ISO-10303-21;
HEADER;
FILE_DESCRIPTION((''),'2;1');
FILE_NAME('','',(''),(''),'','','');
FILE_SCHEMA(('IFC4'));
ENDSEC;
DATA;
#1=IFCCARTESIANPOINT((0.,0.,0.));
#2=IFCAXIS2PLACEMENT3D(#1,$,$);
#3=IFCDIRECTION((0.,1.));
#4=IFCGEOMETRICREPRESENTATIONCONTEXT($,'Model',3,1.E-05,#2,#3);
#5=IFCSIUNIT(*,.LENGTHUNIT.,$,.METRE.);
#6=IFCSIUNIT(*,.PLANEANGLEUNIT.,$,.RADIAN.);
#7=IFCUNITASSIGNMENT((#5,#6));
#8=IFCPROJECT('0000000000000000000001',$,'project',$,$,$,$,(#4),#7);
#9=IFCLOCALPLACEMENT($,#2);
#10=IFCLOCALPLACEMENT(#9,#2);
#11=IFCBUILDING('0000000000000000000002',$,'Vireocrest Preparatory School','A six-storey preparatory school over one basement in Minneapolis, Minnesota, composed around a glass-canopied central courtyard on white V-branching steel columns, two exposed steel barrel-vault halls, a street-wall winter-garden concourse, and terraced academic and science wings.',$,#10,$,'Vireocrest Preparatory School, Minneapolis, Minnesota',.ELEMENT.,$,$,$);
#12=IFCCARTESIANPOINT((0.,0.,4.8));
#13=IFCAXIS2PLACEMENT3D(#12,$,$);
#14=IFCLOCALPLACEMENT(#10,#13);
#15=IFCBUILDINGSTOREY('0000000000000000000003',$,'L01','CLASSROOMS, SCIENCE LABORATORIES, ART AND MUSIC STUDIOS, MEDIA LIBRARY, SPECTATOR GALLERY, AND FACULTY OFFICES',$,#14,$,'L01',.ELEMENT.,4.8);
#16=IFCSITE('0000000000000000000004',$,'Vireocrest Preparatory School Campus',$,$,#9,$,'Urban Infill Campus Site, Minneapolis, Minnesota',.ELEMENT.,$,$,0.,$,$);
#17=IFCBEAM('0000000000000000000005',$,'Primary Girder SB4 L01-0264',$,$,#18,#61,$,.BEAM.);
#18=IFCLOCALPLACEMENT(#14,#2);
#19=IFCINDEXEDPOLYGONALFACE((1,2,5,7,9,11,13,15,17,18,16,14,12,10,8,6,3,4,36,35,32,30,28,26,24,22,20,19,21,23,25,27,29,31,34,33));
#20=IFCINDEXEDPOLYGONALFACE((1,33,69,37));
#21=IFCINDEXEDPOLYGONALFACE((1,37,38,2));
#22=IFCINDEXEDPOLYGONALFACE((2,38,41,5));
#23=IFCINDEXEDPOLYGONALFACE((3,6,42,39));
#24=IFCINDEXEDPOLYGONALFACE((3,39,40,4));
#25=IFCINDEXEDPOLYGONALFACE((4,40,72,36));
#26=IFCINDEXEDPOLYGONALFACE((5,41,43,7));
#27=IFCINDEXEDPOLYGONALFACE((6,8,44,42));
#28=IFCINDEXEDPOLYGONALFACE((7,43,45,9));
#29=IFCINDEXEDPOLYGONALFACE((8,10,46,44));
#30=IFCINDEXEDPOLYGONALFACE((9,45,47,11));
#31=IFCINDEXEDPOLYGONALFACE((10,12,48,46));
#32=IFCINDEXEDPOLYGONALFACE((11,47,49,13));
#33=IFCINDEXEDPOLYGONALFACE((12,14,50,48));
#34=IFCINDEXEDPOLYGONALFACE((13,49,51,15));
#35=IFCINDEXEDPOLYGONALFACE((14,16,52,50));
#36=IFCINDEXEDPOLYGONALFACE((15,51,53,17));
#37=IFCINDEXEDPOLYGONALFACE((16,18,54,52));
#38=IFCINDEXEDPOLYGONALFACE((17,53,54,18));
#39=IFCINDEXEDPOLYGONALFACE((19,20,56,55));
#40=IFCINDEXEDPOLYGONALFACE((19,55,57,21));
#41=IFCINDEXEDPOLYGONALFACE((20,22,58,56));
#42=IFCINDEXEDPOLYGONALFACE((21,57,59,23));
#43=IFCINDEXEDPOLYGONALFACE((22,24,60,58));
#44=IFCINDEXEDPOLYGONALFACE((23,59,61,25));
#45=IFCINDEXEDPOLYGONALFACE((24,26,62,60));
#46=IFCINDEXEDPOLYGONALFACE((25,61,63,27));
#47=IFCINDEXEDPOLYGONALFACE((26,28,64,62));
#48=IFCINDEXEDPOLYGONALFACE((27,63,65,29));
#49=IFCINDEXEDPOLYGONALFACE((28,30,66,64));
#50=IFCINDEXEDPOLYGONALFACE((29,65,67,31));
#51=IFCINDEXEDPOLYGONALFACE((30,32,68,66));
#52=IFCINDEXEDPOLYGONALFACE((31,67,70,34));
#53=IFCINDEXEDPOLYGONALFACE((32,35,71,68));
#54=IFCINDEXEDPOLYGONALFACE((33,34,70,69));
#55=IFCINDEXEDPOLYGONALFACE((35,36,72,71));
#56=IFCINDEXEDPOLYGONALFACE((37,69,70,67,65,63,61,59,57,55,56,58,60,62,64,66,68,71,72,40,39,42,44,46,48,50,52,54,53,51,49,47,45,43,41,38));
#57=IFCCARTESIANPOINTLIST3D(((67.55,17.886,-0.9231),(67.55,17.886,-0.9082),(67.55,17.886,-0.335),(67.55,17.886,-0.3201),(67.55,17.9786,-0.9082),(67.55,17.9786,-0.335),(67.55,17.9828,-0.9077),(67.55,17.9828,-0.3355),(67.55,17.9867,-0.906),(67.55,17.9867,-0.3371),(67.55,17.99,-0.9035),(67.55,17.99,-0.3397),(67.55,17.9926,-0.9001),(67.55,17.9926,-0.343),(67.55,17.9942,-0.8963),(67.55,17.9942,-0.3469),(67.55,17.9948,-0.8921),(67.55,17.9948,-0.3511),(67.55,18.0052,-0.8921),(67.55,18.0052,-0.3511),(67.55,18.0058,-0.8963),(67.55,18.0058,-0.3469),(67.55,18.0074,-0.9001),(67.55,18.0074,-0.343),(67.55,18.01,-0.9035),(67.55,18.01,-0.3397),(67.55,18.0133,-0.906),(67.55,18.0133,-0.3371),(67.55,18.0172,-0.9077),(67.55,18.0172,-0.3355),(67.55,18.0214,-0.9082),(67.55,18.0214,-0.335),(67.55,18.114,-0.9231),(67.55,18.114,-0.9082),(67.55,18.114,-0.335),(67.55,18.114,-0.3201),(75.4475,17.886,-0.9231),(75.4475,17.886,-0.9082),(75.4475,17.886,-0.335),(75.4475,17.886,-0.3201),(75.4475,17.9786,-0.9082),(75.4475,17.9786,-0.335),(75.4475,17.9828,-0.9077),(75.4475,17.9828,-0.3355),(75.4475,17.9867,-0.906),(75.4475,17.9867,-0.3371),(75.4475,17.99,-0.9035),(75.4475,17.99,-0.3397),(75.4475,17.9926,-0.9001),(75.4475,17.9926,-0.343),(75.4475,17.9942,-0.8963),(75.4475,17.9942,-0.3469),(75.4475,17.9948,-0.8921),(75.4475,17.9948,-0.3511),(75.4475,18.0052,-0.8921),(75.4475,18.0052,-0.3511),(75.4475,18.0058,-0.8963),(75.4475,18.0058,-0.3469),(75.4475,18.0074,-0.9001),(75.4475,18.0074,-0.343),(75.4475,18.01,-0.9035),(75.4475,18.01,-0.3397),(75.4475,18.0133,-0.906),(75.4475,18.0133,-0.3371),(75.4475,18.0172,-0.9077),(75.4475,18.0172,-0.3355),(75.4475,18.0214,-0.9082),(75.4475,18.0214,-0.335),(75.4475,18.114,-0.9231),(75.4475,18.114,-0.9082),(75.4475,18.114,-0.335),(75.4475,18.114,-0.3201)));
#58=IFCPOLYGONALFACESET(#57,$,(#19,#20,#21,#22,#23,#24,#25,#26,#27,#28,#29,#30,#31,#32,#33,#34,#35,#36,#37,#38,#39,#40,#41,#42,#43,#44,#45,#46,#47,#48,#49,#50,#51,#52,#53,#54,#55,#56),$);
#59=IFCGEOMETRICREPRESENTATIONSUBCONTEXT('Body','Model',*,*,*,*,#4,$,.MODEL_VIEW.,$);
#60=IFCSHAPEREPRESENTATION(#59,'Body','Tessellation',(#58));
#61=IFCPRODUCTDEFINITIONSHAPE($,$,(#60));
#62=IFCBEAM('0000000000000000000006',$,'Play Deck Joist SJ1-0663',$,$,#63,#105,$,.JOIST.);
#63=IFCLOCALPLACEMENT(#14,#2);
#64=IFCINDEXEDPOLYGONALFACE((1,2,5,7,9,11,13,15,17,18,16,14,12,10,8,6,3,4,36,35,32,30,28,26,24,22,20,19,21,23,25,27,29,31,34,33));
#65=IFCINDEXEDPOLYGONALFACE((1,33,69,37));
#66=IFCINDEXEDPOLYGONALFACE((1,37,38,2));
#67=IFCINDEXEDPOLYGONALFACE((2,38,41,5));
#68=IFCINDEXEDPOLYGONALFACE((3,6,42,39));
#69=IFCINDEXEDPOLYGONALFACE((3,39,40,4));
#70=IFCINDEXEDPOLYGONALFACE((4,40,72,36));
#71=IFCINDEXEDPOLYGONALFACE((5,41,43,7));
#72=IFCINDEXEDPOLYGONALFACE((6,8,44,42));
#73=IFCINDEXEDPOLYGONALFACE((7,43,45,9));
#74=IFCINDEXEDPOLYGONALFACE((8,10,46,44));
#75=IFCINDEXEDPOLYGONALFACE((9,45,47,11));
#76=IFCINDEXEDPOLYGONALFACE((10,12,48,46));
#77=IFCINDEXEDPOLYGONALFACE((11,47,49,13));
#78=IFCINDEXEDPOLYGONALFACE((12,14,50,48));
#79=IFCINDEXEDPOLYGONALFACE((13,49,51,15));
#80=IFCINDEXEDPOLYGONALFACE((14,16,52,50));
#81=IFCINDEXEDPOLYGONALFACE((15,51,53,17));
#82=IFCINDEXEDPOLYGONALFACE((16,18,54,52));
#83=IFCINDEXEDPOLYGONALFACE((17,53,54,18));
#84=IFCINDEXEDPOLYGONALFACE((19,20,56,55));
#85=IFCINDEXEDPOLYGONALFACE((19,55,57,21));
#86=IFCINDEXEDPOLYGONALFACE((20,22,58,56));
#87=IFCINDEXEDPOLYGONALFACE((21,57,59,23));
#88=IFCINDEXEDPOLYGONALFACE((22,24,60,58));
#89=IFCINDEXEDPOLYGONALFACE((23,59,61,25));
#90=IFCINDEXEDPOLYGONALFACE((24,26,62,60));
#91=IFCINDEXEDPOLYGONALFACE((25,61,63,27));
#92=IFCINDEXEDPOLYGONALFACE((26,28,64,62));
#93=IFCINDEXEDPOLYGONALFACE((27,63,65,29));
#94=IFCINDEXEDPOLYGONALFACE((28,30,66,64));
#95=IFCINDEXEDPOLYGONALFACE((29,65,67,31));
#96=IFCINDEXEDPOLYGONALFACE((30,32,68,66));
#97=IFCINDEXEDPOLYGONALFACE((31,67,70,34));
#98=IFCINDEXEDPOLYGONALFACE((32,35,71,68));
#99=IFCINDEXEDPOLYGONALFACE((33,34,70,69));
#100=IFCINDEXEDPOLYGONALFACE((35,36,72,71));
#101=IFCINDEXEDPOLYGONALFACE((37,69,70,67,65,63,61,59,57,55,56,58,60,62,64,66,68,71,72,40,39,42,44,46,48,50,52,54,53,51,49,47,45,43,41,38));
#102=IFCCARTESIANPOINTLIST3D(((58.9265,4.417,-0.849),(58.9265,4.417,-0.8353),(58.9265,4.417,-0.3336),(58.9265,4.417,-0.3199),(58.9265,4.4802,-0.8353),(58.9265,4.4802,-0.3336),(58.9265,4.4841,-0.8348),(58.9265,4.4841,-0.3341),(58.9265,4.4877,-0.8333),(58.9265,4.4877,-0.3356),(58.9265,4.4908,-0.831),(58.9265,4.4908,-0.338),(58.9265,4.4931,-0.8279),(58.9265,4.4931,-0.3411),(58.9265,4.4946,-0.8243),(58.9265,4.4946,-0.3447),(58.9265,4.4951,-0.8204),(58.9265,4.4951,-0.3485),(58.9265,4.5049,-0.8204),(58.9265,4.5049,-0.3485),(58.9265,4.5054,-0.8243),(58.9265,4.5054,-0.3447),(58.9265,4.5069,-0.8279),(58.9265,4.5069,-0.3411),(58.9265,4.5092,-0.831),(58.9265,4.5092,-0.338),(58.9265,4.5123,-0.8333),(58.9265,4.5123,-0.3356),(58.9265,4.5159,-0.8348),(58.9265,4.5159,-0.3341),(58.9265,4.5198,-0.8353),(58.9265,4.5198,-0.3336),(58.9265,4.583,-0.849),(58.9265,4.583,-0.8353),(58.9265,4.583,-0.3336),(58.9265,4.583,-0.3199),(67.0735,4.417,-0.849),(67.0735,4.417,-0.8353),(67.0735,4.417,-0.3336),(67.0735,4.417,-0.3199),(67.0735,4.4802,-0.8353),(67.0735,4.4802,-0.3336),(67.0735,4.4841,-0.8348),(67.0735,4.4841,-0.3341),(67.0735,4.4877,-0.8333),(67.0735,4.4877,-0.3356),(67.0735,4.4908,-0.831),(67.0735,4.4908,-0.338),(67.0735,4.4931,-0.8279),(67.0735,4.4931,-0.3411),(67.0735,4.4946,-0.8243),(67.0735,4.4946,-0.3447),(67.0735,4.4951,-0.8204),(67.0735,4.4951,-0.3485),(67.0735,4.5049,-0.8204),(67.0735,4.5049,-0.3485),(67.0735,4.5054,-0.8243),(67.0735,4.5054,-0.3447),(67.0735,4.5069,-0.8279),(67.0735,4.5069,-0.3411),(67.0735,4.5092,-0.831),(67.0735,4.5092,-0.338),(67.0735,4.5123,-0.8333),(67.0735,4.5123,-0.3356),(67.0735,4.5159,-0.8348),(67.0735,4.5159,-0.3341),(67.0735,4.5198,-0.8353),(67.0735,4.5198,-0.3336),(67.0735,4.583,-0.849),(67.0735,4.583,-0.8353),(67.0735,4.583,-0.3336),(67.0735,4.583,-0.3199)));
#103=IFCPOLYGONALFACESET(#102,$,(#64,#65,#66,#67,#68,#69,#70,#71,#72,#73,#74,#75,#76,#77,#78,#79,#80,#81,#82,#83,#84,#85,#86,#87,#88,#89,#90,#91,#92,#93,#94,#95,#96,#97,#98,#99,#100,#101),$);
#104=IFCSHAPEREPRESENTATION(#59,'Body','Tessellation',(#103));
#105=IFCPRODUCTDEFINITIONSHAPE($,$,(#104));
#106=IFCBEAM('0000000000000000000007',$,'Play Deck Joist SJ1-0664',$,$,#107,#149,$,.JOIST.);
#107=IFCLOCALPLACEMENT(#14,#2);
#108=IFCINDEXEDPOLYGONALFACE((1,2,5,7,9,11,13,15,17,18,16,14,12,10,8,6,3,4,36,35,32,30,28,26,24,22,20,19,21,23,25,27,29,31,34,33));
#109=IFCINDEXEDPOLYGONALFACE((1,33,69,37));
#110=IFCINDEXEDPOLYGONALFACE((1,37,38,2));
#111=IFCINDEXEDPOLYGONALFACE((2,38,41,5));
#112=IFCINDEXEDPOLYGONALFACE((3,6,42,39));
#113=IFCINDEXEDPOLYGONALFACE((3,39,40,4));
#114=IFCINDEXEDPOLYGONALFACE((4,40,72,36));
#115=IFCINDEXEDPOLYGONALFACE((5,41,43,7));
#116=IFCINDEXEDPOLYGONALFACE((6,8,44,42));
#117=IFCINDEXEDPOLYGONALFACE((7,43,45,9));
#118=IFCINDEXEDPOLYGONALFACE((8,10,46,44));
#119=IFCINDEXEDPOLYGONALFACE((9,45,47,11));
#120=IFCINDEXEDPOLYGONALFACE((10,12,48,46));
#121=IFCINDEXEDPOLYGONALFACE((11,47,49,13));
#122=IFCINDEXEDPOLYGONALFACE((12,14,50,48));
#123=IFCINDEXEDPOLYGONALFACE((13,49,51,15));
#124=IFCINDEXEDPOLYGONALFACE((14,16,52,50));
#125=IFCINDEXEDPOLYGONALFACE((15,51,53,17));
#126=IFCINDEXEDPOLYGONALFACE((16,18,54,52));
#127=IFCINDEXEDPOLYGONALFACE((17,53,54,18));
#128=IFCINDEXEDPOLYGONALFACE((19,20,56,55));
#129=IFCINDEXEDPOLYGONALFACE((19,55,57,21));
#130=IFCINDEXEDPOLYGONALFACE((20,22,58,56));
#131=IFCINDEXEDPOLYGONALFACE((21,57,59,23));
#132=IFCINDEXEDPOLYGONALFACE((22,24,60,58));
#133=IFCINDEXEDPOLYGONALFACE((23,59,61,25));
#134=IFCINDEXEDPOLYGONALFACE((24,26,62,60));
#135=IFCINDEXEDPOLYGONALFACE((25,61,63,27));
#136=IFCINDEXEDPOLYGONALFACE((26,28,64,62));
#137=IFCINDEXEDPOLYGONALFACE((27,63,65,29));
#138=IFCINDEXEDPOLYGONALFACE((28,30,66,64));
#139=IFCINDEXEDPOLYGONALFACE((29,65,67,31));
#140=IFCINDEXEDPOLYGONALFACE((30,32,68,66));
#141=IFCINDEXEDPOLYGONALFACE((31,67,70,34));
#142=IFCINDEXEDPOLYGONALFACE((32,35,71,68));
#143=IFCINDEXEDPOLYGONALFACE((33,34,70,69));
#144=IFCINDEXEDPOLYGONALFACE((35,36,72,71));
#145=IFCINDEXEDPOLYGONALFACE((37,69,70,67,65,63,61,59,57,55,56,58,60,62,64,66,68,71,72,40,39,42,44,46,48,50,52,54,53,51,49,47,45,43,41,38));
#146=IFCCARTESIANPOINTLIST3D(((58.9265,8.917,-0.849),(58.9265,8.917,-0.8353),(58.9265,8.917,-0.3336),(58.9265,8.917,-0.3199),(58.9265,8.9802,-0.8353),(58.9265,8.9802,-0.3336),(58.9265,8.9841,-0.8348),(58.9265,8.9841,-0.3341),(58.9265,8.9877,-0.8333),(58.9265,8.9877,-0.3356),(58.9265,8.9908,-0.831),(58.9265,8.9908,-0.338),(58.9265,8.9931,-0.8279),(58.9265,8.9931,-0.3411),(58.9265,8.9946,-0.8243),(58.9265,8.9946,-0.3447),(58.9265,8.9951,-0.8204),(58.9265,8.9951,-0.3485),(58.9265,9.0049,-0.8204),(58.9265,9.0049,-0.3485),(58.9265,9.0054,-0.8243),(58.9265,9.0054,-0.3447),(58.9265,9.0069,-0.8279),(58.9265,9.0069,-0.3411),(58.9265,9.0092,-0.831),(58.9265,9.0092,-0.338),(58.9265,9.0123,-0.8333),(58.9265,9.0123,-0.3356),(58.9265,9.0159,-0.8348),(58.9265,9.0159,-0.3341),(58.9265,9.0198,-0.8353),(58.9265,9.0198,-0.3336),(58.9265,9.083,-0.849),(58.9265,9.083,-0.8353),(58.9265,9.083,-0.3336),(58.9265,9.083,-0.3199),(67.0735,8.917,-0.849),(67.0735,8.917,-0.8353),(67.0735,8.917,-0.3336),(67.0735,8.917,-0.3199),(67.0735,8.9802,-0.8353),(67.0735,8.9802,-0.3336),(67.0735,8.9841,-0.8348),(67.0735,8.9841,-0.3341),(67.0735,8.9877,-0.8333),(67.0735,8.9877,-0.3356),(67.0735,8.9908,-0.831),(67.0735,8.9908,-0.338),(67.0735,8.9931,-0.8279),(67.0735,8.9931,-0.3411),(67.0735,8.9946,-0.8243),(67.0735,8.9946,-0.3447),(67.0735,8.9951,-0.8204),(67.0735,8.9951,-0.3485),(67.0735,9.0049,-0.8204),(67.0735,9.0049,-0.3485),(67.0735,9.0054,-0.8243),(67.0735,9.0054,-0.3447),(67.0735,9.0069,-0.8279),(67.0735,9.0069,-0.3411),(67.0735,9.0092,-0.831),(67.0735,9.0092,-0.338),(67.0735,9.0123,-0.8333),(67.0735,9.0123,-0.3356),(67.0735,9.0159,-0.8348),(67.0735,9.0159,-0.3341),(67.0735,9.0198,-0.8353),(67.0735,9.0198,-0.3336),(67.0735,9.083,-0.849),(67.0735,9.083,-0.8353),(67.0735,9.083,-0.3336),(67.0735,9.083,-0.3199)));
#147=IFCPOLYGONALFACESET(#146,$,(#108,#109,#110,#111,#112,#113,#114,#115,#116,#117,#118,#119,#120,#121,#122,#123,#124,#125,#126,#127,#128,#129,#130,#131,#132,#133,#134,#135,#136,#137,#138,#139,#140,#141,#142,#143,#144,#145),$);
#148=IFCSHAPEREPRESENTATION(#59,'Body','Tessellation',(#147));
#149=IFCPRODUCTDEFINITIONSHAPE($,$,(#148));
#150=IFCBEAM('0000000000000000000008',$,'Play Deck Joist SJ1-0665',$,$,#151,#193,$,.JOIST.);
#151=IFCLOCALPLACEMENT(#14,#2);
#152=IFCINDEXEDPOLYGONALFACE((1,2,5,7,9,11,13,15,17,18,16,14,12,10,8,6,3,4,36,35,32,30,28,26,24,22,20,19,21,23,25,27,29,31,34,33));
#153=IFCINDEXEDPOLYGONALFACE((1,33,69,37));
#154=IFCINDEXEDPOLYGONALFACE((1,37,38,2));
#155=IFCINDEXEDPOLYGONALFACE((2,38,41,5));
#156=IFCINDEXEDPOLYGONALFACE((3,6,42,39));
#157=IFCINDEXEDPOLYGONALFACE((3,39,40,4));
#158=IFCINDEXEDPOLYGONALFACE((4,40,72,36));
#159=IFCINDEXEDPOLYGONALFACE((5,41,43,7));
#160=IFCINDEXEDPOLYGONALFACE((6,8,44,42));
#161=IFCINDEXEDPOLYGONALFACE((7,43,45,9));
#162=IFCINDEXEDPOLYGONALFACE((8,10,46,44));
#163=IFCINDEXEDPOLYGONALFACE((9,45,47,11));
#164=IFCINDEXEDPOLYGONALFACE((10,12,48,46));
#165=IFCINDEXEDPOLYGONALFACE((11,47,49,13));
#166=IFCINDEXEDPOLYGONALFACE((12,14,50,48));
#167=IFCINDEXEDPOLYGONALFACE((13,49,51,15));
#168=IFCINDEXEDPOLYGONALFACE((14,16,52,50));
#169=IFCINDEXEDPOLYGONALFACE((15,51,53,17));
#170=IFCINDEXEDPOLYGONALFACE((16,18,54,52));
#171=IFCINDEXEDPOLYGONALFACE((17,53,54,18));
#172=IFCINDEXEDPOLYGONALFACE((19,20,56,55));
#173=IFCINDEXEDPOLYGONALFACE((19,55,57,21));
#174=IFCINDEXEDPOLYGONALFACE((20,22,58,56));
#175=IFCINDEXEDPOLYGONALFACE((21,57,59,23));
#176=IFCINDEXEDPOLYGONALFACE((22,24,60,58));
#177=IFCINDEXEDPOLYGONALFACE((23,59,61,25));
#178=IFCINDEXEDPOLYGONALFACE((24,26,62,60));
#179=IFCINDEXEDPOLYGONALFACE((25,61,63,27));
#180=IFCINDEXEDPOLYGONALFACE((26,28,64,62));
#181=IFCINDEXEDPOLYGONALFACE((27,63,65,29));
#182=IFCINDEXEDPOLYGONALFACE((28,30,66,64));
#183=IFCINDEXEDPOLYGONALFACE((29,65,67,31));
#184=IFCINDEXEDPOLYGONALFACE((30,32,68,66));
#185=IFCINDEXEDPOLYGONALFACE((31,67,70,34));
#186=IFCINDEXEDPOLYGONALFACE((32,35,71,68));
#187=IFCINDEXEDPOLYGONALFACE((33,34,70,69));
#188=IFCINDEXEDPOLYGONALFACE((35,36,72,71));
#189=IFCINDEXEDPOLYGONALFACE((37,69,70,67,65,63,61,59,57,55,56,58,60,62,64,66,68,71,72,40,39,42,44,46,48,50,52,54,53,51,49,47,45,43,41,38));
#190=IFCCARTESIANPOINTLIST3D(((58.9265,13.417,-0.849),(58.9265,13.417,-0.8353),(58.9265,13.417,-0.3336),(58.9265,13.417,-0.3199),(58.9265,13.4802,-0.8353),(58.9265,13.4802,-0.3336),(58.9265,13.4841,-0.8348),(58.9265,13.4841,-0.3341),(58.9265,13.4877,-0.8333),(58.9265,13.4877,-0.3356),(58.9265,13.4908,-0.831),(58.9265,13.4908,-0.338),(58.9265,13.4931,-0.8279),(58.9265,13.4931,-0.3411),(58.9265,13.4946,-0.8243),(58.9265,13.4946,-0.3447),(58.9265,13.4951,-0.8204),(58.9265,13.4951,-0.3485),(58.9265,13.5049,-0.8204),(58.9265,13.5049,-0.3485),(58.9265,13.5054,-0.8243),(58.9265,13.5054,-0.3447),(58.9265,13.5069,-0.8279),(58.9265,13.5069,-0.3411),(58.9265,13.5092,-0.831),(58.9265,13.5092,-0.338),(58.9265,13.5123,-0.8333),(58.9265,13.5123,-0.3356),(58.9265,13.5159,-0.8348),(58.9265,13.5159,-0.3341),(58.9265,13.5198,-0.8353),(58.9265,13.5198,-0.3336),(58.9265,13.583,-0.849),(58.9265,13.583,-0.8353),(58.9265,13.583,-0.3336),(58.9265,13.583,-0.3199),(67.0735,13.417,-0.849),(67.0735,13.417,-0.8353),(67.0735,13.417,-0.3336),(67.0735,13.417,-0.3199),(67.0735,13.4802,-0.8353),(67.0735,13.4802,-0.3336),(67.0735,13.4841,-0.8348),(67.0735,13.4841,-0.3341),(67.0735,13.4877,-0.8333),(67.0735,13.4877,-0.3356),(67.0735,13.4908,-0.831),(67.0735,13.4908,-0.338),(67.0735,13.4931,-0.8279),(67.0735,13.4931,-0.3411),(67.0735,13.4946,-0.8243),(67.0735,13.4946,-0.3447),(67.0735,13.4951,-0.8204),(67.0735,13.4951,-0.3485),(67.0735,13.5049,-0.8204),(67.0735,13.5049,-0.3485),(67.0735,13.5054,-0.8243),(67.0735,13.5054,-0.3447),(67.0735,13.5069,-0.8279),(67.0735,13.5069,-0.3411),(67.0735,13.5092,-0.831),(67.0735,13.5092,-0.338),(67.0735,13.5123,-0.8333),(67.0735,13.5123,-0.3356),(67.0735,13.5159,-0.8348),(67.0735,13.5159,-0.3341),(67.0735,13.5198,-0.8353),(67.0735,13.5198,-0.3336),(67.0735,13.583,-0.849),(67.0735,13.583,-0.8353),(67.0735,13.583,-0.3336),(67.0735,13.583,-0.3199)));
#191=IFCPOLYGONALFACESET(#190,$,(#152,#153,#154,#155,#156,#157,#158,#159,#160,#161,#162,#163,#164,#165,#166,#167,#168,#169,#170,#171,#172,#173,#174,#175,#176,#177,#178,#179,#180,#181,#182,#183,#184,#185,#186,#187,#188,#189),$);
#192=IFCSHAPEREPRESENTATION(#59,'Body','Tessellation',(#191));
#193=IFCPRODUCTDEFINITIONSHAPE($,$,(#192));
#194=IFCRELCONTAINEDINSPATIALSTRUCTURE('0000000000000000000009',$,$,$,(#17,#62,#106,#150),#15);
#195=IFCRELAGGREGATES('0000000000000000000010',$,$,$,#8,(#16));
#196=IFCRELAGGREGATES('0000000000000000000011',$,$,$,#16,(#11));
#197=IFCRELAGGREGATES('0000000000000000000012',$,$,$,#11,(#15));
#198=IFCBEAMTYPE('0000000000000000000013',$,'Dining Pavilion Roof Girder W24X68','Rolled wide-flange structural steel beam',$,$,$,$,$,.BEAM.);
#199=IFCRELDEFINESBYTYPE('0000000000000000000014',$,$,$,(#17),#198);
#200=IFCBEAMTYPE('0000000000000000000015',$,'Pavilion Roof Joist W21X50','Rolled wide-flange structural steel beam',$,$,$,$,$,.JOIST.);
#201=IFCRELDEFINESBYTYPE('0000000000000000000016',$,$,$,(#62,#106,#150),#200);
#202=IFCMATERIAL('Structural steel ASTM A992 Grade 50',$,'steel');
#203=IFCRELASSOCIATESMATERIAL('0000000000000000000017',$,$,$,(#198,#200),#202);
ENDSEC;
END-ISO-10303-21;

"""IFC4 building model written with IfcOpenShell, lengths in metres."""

from ifc_helpers import new_model, si_unit, direction, frame, origin, origin_2d, place, context, subcontext, project, spatial, i_section, extrude, material, material_profile, profile_set, type_object, element, save


model = new_model("IFC4")

# Units and contexts
model_context = context("Model", 3, precision=1e-05, world=origin(), true_north=direction((0.0, 1.0)))
body_context = subcontext(model_context, "Body", "Model", "MODEL_VIEW")
ifc_project = project(units=[si_unit("LENGTHUNIT", "METRE"), si_unit("PLANEANGLEUNIT", "RADIAN")], contexts=[model_context])

# Site, building, storey
site_placement = place(None, origin())
site = spatial("IfcSite", under=ifc_project, at=site_placement, Name="Vireocrest Preparatory School Campus", LongName="Urban Infill Campus Site, Minneapolis, Minnesota", CompositionType="ELEMENT", RefElevation=0.0)
building_placement = place(site_placement, origin())
building = spatial("IfcBuilding", under=site, at=building_placement, Name="Vireocrest Preparatory School", Description="A six-storey preparatory school over one basement in Minneapolis, Minnesota, composed around a glass-canopied central courtyard on white V-branching steel columns, two exposed steel barrel-vault halls, a street-wall winter-garden concourse, and terraced academic and science wings.", LongName="Vireocrest Preparatory School, Minneapolis, Minnesota", CompositionType="ELEMENT")
storey_placement = place(building_placement, frame((0.0, 0.0, 4.8)))
storey = spatial("IfcBuildingStorey", under=building, at=storey_placement, Name="L01", Description="CLASSROOMS, SCIENCE LABORATORIES, ART AND MUSIC STUDIOS, MEDIA LIBRARY, SPECTATOR GALLERY, AND FACULTY OFFICES", LongName="L01", CompositionType="ELEMENT", Elevation=4.8)

# Beams
ifc_material_1 = material(Name="Structural steel ASTM A992 Grade 50", Category="steel")
ifc_material_profile_1 = material_profile(ifc_material_1, i_section(OverallWidth=0.228, OverallDepth=0.603, WebThickness=0.0105, FlangeThickness=0.0149, FilletRadius=0.0161, at=origin_2d()), Name="W24X68")
ifc_profile_set_1 = profile_set([ifc_material_profile_1], Name="Structural steel ASTM A992 Grade 50")
beam_type_1 = type_object("IfcBeamType", Name="Dining Pavilion Roof Girder W24X68", Description="Rolled wide-flange structural steel beam", PredefinedType="BEAM", material=ifc_profile_set_1)
beam_1_placement = place(storey_placement, frame((67.55, 18.0, -0.6216), z_axis=(1.0, 0.0, 0.0), x_axis=(0.0, 1.0, 0.0)))
element("IfcBeam", 1, at=beam_1_placement, inside=storey, type_object=beam_type_1, Name="Primary Girder SB4 L01-0264", PredefinedType="BEAM", context=body_context, shape_type="SweptSolid", body=[
    extrude(i_section(OverallWidth=0.228, OverallDepth=0.603, WebThickness=0.0105, FlangeThickness=0.0149, FilletRadius=0.0161, at=origin_2d()), origin(), (0.0, 0.0, 1.0), 7.8975),
])
ifc_material_profile_2 = material_profile(ifc_material_1, i_section(OverallWidth=0.166, OverallDepth=0.5291, WebThickness=0.0098, FlangeThickness=0.0137, FilletRadius=0.0149, at=origin_2d()), Name="W21X50")
ifc_profile_set_2 = profile_set([ifc_material_profile_2], Name="Structural steel ASTM A992 Grade 50")
beam_type_2 = type_object("IfcBeamType", Name="Pavilion Roof Joist W21X50", Description="Rolled wide-flange structural steel beam", PredefinedType="JOIST", material=ifc_profile_set_2)
for number, where, z_axis, x_axis, name in (
    (2, (58.9265, 4.5, -0.5845), (1.0, 0.0, 0.0), (0.0, 1.0, 0.0), "Play Deck Joist SJ1-0663"),
    (3, (58.9265, 9.0, -0.5845), (1.0, 0.0, 0.0), (0.0, 1.0, 0.0), "Play Deck Joist SJ1-0664"),
    (4, (58.9265, 13.5, -0.5845), (1.0, 0.0, 0.0), (0.0, 1.0, 0.0), "Play Deck Joist SJ1-0665"),
):
    element("IfcBeam", number, at=place(storey_placement, frame(where, z_axis=z_axis, x_axis=x_axis)), inside=storey, type_object=beam_type_2, Name=name, PredefinedType="JOIST", context=body_context, shape_type="SweptSolid", body=[
        extrude(i_section(OverallWidth=0.166, OverallDepth=0.5291, WebThickness=0.0098, FlangeThickness=0.0137, FilletRadius=0.0149, at=origin_2d()), origin(), (0.0, 0.0, 1.0), 8.147),
    ])

save(model, "model.ifc")
